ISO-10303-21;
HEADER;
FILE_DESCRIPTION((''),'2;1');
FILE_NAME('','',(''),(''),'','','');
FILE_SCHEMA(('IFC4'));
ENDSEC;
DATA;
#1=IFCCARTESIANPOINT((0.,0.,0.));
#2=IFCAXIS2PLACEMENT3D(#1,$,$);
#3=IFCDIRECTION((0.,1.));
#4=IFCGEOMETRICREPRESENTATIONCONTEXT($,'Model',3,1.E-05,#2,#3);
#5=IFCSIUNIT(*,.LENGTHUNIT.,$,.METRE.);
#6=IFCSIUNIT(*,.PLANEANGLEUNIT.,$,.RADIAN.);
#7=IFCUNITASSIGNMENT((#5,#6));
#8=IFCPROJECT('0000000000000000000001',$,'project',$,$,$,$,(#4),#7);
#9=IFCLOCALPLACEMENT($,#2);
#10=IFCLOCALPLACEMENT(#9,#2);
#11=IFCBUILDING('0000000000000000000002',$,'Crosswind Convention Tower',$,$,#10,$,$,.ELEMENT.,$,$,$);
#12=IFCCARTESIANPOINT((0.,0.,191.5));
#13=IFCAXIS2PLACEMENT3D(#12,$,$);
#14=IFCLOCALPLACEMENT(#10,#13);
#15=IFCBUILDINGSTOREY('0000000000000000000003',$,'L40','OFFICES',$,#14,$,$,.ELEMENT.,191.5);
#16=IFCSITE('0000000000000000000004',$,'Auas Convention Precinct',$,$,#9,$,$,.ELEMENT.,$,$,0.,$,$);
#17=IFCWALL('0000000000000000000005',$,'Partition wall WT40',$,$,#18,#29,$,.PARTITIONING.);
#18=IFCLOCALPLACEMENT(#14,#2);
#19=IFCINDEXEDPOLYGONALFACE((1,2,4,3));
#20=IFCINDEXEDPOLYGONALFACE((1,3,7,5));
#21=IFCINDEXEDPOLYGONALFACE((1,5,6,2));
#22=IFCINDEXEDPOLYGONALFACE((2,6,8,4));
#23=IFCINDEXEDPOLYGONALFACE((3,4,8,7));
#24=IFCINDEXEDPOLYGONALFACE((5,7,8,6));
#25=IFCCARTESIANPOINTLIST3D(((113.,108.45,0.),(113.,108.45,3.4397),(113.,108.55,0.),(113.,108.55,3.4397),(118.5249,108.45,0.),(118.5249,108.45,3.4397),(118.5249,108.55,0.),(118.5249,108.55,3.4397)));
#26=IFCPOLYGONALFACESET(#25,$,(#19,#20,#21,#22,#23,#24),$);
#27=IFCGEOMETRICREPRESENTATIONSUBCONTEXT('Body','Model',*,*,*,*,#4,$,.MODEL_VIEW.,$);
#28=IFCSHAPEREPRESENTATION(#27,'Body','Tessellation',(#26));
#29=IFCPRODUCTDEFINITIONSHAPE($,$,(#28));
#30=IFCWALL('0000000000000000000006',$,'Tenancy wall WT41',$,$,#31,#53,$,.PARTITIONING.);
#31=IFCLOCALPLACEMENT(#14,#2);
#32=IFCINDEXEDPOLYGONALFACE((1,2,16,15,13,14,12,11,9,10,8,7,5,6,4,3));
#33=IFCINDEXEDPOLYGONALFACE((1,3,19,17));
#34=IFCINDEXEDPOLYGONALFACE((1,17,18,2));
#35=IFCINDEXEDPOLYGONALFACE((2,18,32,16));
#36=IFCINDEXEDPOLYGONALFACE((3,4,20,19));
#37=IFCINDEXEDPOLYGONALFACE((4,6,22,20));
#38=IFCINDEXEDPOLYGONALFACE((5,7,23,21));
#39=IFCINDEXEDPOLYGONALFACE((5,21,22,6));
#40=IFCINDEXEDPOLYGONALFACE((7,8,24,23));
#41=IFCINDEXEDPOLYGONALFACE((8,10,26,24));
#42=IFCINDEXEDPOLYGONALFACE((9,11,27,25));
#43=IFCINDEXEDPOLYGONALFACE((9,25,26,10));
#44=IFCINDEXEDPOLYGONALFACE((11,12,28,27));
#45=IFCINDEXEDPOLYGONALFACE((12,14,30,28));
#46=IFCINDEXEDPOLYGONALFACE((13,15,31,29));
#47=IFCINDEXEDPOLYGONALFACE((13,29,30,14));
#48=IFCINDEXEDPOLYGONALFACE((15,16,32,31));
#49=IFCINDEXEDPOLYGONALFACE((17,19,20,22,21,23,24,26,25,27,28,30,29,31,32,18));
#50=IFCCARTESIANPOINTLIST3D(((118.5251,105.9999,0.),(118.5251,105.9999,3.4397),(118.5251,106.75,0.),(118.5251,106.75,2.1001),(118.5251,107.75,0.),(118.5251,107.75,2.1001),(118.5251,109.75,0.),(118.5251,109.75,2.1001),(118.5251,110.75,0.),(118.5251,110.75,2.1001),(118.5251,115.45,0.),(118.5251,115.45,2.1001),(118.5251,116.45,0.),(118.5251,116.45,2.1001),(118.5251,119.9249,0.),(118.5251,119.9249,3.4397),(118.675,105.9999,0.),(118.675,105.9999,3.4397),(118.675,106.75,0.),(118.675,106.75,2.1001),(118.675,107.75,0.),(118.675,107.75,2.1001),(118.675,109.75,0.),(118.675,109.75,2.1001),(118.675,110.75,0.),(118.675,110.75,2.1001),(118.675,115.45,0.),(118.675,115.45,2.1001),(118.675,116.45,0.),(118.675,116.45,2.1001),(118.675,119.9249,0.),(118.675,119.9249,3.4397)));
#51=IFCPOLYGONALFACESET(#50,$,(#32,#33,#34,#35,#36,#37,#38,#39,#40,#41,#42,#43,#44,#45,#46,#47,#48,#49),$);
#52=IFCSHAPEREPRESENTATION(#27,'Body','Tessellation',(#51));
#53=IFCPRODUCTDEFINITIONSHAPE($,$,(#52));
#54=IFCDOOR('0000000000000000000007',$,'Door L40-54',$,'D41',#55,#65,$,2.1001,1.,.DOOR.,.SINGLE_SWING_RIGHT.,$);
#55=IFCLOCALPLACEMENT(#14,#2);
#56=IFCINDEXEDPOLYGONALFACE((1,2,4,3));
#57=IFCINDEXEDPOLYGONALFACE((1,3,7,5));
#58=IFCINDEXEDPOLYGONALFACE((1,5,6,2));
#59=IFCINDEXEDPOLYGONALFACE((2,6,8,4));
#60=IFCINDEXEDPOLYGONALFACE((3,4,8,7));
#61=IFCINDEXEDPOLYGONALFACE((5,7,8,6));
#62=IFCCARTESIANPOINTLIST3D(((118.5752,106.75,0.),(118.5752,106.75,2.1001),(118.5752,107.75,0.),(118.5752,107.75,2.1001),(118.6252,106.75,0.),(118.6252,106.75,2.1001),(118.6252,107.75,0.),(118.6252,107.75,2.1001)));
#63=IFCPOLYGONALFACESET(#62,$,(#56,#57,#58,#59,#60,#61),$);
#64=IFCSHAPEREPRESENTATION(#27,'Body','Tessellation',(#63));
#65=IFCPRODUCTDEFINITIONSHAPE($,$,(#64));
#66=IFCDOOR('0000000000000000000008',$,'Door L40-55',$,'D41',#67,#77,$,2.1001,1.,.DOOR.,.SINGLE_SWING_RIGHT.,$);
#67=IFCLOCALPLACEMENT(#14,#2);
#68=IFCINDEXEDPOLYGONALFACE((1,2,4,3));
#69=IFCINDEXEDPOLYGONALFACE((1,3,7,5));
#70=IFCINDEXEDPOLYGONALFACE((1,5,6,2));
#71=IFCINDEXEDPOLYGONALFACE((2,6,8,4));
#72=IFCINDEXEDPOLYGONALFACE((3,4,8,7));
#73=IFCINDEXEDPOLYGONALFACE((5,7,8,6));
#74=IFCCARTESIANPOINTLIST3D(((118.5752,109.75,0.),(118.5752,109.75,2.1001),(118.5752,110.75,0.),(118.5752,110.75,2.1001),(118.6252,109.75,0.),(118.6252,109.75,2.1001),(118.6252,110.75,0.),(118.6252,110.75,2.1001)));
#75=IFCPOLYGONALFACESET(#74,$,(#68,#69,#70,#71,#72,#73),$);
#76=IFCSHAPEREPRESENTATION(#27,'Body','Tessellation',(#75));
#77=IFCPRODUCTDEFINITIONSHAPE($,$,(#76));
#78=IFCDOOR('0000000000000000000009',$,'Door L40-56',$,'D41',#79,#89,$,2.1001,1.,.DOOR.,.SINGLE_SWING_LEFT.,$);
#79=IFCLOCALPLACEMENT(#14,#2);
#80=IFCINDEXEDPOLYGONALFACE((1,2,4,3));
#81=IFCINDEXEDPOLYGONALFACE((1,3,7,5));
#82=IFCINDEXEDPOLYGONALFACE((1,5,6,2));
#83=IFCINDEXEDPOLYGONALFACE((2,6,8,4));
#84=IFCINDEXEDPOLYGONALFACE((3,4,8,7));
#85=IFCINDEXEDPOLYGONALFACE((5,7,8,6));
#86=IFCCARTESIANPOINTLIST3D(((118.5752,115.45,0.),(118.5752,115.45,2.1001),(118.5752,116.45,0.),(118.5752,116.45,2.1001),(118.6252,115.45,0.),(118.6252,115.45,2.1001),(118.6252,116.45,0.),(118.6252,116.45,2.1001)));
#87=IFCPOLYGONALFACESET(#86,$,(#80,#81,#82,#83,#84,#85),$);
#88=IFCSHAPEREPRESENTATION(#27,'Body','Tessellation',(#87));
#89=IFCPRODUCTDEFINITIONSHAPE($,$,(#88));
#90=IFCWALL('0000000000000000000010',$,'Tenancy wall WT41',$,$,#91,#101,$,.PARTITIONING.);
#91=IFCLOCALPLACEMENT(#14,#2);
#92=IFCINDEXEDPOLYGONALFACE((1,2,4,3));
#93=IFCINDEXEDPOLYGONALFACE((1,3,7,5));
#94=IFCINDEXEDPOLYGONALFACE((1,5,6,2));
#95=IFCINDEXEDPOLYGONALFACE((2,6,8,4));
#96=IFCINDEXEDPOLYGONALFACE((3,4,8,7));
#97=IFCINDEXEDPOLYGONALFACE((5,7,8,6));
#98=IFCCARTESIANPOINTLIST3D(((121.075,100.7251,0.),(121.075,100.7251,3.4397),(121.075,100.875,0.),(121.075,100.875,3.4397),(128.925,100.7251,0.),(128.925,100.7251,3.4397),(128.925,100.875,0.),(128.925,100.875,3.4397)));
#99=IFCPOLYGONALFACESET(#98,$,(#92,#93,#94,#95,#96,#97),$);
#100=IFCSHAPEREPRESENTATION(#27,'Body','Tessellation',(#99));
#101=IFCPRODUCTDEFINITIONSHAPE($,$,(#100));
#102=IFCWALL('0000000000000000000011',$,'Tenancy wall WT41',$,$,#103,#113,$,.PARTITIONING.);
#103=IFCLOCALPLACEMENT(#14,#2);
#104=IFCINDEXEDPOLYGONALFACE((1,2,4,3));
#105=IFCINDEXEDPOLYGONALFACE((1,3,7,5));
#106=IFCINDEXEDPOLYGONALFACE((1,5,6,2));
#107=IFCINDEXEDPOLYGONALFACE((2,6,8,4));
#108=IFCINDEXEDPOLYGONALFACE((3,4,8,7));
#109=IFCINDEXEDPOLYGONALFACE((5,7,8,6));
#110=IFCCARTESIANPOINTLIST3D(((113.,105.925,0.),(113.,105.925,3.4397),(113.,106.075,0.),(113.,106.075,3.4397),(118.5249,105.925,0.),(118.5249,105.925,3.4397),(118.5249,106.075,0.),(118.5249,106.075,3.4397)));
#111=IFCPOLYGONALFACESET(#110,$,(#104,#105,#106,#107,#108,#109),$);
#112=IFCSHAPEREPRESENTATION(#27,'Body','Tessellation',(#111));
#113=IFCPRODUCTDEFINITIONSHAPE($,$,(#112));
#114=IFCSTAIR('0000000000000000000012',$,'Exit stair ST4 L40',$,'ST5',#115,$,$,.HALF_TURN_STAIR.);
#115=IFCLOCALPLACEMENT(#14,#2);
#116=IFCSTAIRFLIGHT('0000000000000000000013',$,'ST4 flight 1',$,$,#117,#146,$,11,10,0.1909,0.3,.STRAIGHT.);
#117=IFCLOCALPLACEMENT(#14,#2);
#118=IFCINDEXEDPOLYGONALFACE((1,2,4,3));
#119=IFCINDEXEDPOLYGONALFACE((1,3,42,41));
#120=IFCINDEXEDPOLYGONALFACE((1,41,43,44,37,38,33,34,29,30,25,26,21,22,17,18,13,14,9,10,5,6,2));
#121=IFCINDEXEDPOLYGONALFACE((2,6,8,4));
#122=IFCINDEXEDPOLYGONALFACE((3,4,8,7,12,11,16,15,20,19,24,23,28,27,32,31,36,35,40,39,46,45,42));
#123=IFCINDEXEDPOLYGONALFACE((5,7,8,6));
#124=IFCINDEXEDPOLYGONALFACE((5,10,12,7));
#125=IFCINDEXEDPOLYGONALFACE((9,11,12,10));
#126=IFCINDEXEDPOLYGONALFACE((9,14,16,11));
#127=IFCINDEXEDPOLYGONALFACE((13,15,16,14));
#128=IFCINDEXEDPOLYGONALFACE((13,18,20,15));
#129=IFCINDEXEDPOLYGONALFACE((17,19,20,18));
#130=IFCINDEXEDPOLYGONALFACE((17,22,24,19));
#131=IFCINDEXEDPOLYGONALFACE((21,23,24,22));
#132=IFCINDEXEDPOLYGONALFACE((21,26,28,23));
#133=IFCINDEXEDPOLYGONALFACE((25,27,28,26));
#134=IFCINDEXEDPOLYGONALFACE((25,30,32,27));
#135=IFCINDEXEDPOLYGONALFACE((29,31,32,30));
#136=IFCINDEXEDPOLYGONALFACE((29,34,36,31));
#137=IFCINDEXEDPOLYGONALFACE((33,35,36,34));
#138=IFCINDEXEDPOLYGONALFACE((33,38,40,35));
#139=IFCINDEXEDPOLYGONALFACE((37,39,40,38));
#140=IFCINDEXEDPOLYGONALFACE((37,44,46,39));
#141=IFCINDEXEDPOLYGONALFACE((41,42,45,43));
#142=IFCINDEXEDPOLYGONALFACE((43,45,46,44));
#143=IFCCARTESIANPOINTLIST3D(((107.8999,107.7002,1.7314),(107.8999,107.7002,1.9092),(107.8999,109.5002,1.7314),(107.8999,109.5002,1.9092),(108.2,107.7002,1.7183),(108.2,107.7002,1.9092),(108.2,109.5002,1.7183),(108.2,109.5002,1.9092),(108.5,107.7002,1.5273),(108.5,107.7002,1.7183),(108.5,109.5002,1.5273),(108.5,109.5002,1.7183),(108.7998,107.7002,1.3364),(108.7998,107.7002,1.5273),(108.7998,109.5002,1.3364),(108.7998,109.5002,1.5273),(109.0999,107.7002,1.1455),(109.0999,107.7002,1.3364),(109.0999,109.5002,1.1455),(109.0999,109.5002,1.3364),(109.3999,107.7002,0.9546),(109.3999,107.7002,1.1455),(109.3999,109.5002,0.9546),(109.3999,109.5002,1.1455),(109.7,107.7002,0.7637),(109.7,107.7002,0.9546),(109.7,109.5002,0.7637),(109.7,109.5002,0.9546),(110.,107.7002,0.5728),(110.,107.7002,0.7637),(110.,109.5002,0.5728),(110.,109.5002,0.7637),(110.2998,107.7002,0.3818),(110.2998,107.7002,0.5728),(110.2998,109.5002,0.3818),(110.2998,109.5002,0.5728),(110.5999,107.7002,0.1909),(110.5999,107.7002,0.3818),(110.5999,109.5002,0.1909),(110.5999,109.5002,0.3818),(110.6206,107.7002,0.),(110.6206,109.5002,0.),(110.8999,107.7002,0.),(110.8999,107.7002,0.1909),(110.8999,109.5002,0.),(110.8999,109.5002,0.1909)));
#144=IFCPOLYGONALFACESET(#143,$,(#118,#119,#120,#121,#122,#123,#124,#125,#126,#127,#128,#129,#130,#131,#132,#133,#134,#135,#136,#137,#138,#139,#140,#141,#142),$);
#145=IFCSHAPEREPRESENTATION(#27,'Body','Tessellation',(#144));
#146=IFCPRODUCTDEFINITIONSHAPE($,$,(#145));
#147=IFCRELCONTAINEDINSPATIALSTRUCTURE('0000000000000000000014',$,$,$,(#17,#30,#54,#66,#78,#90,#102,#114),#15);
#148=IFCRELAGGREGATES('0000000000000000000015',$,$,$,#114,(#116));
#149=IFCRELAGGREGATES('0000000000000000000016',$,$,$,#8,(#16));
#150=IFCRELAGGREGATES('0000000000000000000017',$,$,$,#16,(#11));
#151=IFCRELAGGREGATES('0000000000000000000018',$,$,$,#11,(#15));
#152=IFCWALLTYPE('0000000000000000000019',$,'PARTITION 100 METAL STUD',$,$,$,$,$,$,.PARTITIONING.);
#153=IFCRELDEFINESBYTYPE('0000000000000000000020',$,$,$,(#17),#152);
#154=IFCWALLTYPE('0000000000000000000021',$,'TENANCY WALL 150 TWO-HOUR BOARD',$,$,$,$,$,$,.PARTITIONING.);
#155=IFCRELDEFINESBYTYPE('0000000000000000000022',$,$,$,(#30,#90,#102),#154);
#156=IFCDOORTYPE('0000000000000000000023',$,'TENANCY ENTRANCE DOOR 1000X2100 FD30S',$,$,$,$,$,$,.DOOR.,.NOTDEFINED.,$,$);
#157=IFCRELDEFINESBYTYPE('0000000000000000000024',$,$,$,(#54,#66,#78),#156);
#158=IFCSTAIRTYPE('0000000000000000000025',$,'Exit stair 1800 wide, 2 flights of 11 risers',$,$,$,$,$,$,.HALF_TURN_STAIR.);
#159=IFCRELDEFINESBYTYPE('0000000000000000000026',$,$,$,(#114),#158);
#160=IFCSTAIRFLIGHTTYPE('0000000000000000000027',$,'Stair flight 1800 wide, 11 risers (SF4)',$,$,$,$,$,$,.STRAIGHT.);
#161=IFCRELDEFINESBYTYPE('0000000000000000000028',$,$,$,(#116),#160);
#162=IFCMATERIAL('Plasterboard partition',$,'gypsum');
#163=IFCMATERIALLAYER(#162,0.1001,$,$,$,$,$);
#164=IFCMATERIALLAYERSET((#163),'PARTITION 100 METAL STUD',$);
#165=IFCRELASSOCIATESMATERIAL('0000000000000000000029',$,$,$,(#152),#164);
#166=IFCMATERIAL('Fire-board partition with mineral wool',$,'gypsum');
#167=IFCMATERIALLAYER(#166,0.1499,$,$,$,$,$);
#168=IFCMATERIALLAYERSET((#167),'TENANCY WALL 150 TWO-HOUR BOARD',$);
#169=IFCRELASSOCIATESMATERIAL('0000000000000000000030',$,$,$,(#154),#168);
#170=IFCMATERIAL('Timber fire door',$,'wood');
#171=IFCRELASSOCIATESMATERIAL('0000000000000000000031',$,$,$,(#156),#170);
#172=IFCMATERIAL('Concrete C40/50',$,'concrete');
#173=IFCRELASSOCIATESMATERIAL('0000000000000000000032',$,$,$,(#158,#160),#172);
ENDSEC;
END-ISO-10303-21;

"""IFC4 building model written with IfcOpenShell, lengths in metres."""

from ifc_helpers import new_model, si_unit, direction, frame, frame_2d, origin, place, context, subcontext, project, spatial, polyline, rectangle, outline, extrude, material, layer, layer_set, type_object, element, fill, aggregate, save


model = new_model("IFC4")

# Units and contexts
model_context = context("Model", 3, precision=1e-05, world=origin(), true_north=direction((0.0, 1.0)))
body_context = subcontext(model_context, "Body", "Model", "MODEL_VIEW")
ifc_project = project(units=[si_unit("LENGTHUNIT", "METRE"), si_unit("PLANEANGLEUNIT", "RADIAN")], contexts=[model_context])

# Site, building, storey
site_placement = place(None, origin())
site = spatial("IfcSite", under=ifc_project, at=site_placement, Name="Auas Convention Precinct", CompositionType="ELEMENT", RefElevation=0.0)
building_placement = place(site_placement, origin())
building = spatial("IfcBuilding", under=site, at=building_placement, Name="Crosswind Convention Tower", CompositionType="ELEMENT")
storey_placement = place(building_placement, frame((0.0, 0.0, 191.5)))
storey = spatial("IfcBuildingStorey", under=building, at=storey_placement, Name="L40", Description="OFFICES", CompositionType="ELEMENT", Elevation=191.5)

# Wall
ifc_material_1 = material(Name="Plasterboard partition", Category="gypsum")
ifc_layer_1 = layer(ifc_material_1, 0.1001)
ifc_layer_set_1 = layer_set([ifc_layer_1], Name="PARTITION 100 METAL STUD")
wall_type_1 = type_object("IfcWallType", Name="PARTITION 100 METAL STUD", PredefinedType="PARTITIONING", material=ifc_layer_set_1)
wall_1_placement = place(storey_placement, frame((113.0, 108.5, 0.0), z_axis=(0.0, 0.0, 1.0), x_axis=(1.0, 0.0, 0.0)))
element("IfcWall", 1, at=wall_1_placement, inside=storey, type_object=wall_type_1, Name="Partition wall WT40", PredefinedType="PARTITIONING", context=body_context, shape_type="SweptSolid", body=[
    extrude(rectangle(XDim=5.5249, YDim=0.1001, at=frame_2d((2.7625, 0.0))), origin(), (0.0, 0.0, 1.0), 3.4397),
])

# Wall, openings, doors
ifc_material_2 = material(Name="Fire-board partition with mineral wool", Category="gypsum")
ifc_layer_2 = layer(ifc_material_2, 0.1499)
ifc_layer_set_2 = layer_set([ifc_layer_2], Name="TENANCY WALL 150 TWO-HOUR BOARD")
wall_type_2 = type_object("IfcWallType", Name="TENANCY WALL 150 TWO-HOUR BOARD", PredefinedType="PARTITIONING", material=ifc_layer_set_2)
wall_2_placement = place(storey_placement, frame((118.6001, 106.0, 0.0), z_axis=(0.0, 0.0, 1.0), x_axis=(0.0, 1.0, 0.0)))
wall_2 = element("IfcWall", 2, at=wall_2_placement, inside=storey, type_object=wall_type_2, Name="Tenancy wall WT41", PredefinedType="PARTITIONING", context=body_context, shape_type="SweptSolid", body=[
    extrude(rectangle(XDim=13.925, YDim=0.1499, at=frame_2d((6.9624, 0.0))), origin(), (0.0, 0.0, 1.0), 3.4397),
])
opening_1_placement = place(wall_2_placement, frame((0.75, 0.0, 0.0)))
opening_1 = element("IfcOpeningElement", 3, at=opening_1_placement, cuts=wall_2, PredefinedType="OPENING", context=body_context, shape_type="SweptSolid", body=[
    extrude(rectangle(XDim=1.0, YDim=2.1001, at=frame_2d((0.5, 1.05))), frame((0.0, 0.085, 0.0), z_axis=(0.0, -1.0, 0.0), x_axis=(1.0, 0.0, 0.0)), (0.0, 0.0, 1.0), 0.1699),
])
opening_2_placement = place(wall_2_placement, frame((3.75, 0.0, 0.0)))
opening_2 = element("IfcOpeningElement", 4, at=opening_2_placement, cuts=wall_2, PredefinedType="OPENING", context=body_context, shape_type="SweptSolid", body=[
    extrude(rectangle(XDim=1.0, YDim=2.1001, at=frame_2d((0.5, 1.05))), frame((0.0, 0.085, 0.0), z_axis=(0.0, -1.0, 0.0), x_axis=(1.0, 0.0, 0.0)), (0.0, 0.0, 1.0), 0.1699),
])
opening_3_placement = place(wall_2_placement, frame((9.45, 0.0, 0.0)))
opening_3 = element("IfcOpeningElement", 5, at=opening_3_placement, cuts=wall_2, PredefinedType="OPENING", context=body_context, shape_type="SweptSolid", body=[
    extrude(rectangle(XDim=1.0, YDim=2.1001, at=frame_2d((0.5, 1.05))), frame((0.0, 0.085, 0.0), z_axis=(0.0, -1.0, 0.0), x_axis=(1.0, 0.0, 0.0)), (0.0, 0.0, 1.0), 0.1699),
])
ifc_material_3 = material(Name="Timber fire door", Category="wood")
door_type_1 = type_object("IfcDoorType", Name="TENANCY ENTRANCE DOOR 1000X2100 FD30S", OperationType="NOTDEFINED", PredefinedType="DOOR", material=ifc_material_3)
door_1_placement = place(opening_1_placement, origin())
door_1 = element("IfcDoor", 6, at=door_1_placement, inside=storey, type_object=door_type_1, Name="Door L40-54", ObjectType="D41", OperationType="SINGLE_SWING_RIGHT", OverallHeight=2.1001, OverallWidth=1.0, PredefinedType="DOOR", context=body_context, shape_type="SweptSolid", body=[
    extrude(rectangle(XDim=1.0, YDim=2.1001, at=frame_2d((0.5, 1.05))), frame((0.0, 0.0249, 0.0), z_axis=(0.0, -1.0, 0.0), x_axis=(1.0, 0.0, 0.0)), (0.0, 0.0, 1.0), 0.05),
])
fill(opening_1, door_1)
door_2_placement = place(opening_2_placement, origin())
door_2 = element("IfcDoor", 7, at=door_2_placement, inside=storey, type_object=door_type_1, Name="Door L40-55", ObjectType="D41", OperationType="SINGLE_SWING_RIGHT", OverallHeight=2.1001, OverallWidth=1.0, PredefinedType="DOOR", context=body_context, shape_type="SweptSolid", body=[
    extrude(rectangle(XDim=1.0, YDim=2.1001, at=frame_2d((0.5, 1.05))), frame((0.0, 0.0249, 0.0), z_axis=(0.0, -1.0, 0.0), x_axis=(1.0, 0.0, 0.0)), (0.0, 0.0, 1.0), 0.05),
])
fill(opening_2, door_2)
door_3_placement = place(opening_3_placement, origin())
door_3 = element("IfcDoor", 8, at=door_3_placement, inside=storey, type_object=door_type_1, Name="Door L40-56", ObjectType="D41", OperationType="SINGLE_SWING_LEFT", OverallHeight=2.1001, OverallWidth=1.0, PredefinedType="DOOR", context=body_context, shape_type="SweptSolid", body=[
    extrude(rectangle(XDim=1.0, YDim=2.1001, at=frame_2d((0.5, 1.05))), frame((0.0, 0.0249, 0.0), z_axis=(0.0, -1.0, 0.0), x_axis=(1.0, 0.0, 0.0)), (0.0, 0.0, 1.0), 0.05),
])
fill(opening_3, door_3)

# Walls
wall_3_placement = place(storey_placement, frame((121.075, 100.8, 0.0), z_axis=(0.0, 0.0, 1.0), x_axis=(1.0, 0.0, 0.0)))
element("IfcWall", 9, at=wall_3_placement, inside=storey, type_object=wall_type_2, Name="Tenancy wall WT41", PredefinedType="PARTITIONING", context=body_context, shape_type="SweptSolid", body=[
    extrude(rectangle(XDim=7.8501, YDim=0.1499, at=frame_2d((3.925, 0.0))), origin(), (0.0, 0.0, 1.0), 3.4397),
])
wall_4_placement = place(storey_placement, frame((113.0, 106.0, 0.0), z_axis=(0.0, 0.0, 1.0), x_axis=(1.0, 0.0, 0.0)))
element("IfcWall", 10, at=wall_4_placement, inside=storey, type_object=wall_type_2, Name="Tenancy wall WT41", PredefinedType="PARTITIONING", context=body_context, shape_type="SweptSolid", body=[
    extrude(rectangle(XDim=5.5249, YDim=0.1499, at=frame_2d((2.7625, 0.0))), origin(), (0.0, 0.0, 1.0), 3.4397),
])

# Stair, stair flight
ifc_material_4 = material(Name="Concrete C40/50", Category="concrete")
stair_type = type_object("IfcStairType", Name="Exit stair 1800 wide, 2 flights of 11 risers", PredefinedType="HALF_TURN_STAIR", material=ifc_material_4)
stair_placement = place(storey_placement, origin())
stair = element("IfcStair", 11, at=stair_placement, inside=storey, type_object=stair_type, Name="Exit stair ST4 L40", ObjectType="ST5", PredefinedType="HALF_TURN_STAIR")
stair_flight_type = type_object("IfcStairFlightType", Name="Stair flight 1800 wide, 11 risers (SF4)", PredefinedType="STRAIGHT", material=ifc_material_4)
stair_flight_placement = place(storey_placement, frame((110.8999, 108.6001, 0.0), z_axis=(0.0, 0.0, 1.0), x_axis=(-1.0, 0.0, 0.0)))
stair_flight = element("IfcStairFlight", 12, at=stair_flight_placement, type_object=stair_flight_type, Name="ST4 flight 1", NumberOfRisers=11, NumberOfTreads=10, PredefinedType="STRAIGHT", RiserHeight=0.1909, TreadLength=0.3, context=body_context, shape_type="SweptSolid", body=[
    extrude(outline(polyline([(0.0, 0.0), (0.0, 0.1909), (0.3, 0.1909), (0.3, 0.3818), (0.6001, 0.3818), (0.6001, 0.5728), (0.8999, 0.5728), (0.8999, 0.7637), (1.2, 0.7637), (1.2, 0.9546), (1.5, 0.9546), (1.5, 1.1455), (1.8, 1.1455), (1.8, 1.3364), (2.1001, 1.3364), (2.1001, 1.5273), (2.3999, 1.5273), (2.3999, 1.7183), (2.7, 1.7183), (2.7, 1.9092), (3.0, 1.9092), (3.0, 2.1001), (3.0, 1.7314), (0.2793, 0.0), (0.0, 0.0)])), frame((0.0, 0.8999, 0.0), z_axis=(0.0, -1.0, 0.0), x_axis=(1.0, 0.0, 0.0)), (0.0, 0.0, 1.0), 1.8),
])
aggregate(stair, [stair_flight])

save(model, "model.ifc")
